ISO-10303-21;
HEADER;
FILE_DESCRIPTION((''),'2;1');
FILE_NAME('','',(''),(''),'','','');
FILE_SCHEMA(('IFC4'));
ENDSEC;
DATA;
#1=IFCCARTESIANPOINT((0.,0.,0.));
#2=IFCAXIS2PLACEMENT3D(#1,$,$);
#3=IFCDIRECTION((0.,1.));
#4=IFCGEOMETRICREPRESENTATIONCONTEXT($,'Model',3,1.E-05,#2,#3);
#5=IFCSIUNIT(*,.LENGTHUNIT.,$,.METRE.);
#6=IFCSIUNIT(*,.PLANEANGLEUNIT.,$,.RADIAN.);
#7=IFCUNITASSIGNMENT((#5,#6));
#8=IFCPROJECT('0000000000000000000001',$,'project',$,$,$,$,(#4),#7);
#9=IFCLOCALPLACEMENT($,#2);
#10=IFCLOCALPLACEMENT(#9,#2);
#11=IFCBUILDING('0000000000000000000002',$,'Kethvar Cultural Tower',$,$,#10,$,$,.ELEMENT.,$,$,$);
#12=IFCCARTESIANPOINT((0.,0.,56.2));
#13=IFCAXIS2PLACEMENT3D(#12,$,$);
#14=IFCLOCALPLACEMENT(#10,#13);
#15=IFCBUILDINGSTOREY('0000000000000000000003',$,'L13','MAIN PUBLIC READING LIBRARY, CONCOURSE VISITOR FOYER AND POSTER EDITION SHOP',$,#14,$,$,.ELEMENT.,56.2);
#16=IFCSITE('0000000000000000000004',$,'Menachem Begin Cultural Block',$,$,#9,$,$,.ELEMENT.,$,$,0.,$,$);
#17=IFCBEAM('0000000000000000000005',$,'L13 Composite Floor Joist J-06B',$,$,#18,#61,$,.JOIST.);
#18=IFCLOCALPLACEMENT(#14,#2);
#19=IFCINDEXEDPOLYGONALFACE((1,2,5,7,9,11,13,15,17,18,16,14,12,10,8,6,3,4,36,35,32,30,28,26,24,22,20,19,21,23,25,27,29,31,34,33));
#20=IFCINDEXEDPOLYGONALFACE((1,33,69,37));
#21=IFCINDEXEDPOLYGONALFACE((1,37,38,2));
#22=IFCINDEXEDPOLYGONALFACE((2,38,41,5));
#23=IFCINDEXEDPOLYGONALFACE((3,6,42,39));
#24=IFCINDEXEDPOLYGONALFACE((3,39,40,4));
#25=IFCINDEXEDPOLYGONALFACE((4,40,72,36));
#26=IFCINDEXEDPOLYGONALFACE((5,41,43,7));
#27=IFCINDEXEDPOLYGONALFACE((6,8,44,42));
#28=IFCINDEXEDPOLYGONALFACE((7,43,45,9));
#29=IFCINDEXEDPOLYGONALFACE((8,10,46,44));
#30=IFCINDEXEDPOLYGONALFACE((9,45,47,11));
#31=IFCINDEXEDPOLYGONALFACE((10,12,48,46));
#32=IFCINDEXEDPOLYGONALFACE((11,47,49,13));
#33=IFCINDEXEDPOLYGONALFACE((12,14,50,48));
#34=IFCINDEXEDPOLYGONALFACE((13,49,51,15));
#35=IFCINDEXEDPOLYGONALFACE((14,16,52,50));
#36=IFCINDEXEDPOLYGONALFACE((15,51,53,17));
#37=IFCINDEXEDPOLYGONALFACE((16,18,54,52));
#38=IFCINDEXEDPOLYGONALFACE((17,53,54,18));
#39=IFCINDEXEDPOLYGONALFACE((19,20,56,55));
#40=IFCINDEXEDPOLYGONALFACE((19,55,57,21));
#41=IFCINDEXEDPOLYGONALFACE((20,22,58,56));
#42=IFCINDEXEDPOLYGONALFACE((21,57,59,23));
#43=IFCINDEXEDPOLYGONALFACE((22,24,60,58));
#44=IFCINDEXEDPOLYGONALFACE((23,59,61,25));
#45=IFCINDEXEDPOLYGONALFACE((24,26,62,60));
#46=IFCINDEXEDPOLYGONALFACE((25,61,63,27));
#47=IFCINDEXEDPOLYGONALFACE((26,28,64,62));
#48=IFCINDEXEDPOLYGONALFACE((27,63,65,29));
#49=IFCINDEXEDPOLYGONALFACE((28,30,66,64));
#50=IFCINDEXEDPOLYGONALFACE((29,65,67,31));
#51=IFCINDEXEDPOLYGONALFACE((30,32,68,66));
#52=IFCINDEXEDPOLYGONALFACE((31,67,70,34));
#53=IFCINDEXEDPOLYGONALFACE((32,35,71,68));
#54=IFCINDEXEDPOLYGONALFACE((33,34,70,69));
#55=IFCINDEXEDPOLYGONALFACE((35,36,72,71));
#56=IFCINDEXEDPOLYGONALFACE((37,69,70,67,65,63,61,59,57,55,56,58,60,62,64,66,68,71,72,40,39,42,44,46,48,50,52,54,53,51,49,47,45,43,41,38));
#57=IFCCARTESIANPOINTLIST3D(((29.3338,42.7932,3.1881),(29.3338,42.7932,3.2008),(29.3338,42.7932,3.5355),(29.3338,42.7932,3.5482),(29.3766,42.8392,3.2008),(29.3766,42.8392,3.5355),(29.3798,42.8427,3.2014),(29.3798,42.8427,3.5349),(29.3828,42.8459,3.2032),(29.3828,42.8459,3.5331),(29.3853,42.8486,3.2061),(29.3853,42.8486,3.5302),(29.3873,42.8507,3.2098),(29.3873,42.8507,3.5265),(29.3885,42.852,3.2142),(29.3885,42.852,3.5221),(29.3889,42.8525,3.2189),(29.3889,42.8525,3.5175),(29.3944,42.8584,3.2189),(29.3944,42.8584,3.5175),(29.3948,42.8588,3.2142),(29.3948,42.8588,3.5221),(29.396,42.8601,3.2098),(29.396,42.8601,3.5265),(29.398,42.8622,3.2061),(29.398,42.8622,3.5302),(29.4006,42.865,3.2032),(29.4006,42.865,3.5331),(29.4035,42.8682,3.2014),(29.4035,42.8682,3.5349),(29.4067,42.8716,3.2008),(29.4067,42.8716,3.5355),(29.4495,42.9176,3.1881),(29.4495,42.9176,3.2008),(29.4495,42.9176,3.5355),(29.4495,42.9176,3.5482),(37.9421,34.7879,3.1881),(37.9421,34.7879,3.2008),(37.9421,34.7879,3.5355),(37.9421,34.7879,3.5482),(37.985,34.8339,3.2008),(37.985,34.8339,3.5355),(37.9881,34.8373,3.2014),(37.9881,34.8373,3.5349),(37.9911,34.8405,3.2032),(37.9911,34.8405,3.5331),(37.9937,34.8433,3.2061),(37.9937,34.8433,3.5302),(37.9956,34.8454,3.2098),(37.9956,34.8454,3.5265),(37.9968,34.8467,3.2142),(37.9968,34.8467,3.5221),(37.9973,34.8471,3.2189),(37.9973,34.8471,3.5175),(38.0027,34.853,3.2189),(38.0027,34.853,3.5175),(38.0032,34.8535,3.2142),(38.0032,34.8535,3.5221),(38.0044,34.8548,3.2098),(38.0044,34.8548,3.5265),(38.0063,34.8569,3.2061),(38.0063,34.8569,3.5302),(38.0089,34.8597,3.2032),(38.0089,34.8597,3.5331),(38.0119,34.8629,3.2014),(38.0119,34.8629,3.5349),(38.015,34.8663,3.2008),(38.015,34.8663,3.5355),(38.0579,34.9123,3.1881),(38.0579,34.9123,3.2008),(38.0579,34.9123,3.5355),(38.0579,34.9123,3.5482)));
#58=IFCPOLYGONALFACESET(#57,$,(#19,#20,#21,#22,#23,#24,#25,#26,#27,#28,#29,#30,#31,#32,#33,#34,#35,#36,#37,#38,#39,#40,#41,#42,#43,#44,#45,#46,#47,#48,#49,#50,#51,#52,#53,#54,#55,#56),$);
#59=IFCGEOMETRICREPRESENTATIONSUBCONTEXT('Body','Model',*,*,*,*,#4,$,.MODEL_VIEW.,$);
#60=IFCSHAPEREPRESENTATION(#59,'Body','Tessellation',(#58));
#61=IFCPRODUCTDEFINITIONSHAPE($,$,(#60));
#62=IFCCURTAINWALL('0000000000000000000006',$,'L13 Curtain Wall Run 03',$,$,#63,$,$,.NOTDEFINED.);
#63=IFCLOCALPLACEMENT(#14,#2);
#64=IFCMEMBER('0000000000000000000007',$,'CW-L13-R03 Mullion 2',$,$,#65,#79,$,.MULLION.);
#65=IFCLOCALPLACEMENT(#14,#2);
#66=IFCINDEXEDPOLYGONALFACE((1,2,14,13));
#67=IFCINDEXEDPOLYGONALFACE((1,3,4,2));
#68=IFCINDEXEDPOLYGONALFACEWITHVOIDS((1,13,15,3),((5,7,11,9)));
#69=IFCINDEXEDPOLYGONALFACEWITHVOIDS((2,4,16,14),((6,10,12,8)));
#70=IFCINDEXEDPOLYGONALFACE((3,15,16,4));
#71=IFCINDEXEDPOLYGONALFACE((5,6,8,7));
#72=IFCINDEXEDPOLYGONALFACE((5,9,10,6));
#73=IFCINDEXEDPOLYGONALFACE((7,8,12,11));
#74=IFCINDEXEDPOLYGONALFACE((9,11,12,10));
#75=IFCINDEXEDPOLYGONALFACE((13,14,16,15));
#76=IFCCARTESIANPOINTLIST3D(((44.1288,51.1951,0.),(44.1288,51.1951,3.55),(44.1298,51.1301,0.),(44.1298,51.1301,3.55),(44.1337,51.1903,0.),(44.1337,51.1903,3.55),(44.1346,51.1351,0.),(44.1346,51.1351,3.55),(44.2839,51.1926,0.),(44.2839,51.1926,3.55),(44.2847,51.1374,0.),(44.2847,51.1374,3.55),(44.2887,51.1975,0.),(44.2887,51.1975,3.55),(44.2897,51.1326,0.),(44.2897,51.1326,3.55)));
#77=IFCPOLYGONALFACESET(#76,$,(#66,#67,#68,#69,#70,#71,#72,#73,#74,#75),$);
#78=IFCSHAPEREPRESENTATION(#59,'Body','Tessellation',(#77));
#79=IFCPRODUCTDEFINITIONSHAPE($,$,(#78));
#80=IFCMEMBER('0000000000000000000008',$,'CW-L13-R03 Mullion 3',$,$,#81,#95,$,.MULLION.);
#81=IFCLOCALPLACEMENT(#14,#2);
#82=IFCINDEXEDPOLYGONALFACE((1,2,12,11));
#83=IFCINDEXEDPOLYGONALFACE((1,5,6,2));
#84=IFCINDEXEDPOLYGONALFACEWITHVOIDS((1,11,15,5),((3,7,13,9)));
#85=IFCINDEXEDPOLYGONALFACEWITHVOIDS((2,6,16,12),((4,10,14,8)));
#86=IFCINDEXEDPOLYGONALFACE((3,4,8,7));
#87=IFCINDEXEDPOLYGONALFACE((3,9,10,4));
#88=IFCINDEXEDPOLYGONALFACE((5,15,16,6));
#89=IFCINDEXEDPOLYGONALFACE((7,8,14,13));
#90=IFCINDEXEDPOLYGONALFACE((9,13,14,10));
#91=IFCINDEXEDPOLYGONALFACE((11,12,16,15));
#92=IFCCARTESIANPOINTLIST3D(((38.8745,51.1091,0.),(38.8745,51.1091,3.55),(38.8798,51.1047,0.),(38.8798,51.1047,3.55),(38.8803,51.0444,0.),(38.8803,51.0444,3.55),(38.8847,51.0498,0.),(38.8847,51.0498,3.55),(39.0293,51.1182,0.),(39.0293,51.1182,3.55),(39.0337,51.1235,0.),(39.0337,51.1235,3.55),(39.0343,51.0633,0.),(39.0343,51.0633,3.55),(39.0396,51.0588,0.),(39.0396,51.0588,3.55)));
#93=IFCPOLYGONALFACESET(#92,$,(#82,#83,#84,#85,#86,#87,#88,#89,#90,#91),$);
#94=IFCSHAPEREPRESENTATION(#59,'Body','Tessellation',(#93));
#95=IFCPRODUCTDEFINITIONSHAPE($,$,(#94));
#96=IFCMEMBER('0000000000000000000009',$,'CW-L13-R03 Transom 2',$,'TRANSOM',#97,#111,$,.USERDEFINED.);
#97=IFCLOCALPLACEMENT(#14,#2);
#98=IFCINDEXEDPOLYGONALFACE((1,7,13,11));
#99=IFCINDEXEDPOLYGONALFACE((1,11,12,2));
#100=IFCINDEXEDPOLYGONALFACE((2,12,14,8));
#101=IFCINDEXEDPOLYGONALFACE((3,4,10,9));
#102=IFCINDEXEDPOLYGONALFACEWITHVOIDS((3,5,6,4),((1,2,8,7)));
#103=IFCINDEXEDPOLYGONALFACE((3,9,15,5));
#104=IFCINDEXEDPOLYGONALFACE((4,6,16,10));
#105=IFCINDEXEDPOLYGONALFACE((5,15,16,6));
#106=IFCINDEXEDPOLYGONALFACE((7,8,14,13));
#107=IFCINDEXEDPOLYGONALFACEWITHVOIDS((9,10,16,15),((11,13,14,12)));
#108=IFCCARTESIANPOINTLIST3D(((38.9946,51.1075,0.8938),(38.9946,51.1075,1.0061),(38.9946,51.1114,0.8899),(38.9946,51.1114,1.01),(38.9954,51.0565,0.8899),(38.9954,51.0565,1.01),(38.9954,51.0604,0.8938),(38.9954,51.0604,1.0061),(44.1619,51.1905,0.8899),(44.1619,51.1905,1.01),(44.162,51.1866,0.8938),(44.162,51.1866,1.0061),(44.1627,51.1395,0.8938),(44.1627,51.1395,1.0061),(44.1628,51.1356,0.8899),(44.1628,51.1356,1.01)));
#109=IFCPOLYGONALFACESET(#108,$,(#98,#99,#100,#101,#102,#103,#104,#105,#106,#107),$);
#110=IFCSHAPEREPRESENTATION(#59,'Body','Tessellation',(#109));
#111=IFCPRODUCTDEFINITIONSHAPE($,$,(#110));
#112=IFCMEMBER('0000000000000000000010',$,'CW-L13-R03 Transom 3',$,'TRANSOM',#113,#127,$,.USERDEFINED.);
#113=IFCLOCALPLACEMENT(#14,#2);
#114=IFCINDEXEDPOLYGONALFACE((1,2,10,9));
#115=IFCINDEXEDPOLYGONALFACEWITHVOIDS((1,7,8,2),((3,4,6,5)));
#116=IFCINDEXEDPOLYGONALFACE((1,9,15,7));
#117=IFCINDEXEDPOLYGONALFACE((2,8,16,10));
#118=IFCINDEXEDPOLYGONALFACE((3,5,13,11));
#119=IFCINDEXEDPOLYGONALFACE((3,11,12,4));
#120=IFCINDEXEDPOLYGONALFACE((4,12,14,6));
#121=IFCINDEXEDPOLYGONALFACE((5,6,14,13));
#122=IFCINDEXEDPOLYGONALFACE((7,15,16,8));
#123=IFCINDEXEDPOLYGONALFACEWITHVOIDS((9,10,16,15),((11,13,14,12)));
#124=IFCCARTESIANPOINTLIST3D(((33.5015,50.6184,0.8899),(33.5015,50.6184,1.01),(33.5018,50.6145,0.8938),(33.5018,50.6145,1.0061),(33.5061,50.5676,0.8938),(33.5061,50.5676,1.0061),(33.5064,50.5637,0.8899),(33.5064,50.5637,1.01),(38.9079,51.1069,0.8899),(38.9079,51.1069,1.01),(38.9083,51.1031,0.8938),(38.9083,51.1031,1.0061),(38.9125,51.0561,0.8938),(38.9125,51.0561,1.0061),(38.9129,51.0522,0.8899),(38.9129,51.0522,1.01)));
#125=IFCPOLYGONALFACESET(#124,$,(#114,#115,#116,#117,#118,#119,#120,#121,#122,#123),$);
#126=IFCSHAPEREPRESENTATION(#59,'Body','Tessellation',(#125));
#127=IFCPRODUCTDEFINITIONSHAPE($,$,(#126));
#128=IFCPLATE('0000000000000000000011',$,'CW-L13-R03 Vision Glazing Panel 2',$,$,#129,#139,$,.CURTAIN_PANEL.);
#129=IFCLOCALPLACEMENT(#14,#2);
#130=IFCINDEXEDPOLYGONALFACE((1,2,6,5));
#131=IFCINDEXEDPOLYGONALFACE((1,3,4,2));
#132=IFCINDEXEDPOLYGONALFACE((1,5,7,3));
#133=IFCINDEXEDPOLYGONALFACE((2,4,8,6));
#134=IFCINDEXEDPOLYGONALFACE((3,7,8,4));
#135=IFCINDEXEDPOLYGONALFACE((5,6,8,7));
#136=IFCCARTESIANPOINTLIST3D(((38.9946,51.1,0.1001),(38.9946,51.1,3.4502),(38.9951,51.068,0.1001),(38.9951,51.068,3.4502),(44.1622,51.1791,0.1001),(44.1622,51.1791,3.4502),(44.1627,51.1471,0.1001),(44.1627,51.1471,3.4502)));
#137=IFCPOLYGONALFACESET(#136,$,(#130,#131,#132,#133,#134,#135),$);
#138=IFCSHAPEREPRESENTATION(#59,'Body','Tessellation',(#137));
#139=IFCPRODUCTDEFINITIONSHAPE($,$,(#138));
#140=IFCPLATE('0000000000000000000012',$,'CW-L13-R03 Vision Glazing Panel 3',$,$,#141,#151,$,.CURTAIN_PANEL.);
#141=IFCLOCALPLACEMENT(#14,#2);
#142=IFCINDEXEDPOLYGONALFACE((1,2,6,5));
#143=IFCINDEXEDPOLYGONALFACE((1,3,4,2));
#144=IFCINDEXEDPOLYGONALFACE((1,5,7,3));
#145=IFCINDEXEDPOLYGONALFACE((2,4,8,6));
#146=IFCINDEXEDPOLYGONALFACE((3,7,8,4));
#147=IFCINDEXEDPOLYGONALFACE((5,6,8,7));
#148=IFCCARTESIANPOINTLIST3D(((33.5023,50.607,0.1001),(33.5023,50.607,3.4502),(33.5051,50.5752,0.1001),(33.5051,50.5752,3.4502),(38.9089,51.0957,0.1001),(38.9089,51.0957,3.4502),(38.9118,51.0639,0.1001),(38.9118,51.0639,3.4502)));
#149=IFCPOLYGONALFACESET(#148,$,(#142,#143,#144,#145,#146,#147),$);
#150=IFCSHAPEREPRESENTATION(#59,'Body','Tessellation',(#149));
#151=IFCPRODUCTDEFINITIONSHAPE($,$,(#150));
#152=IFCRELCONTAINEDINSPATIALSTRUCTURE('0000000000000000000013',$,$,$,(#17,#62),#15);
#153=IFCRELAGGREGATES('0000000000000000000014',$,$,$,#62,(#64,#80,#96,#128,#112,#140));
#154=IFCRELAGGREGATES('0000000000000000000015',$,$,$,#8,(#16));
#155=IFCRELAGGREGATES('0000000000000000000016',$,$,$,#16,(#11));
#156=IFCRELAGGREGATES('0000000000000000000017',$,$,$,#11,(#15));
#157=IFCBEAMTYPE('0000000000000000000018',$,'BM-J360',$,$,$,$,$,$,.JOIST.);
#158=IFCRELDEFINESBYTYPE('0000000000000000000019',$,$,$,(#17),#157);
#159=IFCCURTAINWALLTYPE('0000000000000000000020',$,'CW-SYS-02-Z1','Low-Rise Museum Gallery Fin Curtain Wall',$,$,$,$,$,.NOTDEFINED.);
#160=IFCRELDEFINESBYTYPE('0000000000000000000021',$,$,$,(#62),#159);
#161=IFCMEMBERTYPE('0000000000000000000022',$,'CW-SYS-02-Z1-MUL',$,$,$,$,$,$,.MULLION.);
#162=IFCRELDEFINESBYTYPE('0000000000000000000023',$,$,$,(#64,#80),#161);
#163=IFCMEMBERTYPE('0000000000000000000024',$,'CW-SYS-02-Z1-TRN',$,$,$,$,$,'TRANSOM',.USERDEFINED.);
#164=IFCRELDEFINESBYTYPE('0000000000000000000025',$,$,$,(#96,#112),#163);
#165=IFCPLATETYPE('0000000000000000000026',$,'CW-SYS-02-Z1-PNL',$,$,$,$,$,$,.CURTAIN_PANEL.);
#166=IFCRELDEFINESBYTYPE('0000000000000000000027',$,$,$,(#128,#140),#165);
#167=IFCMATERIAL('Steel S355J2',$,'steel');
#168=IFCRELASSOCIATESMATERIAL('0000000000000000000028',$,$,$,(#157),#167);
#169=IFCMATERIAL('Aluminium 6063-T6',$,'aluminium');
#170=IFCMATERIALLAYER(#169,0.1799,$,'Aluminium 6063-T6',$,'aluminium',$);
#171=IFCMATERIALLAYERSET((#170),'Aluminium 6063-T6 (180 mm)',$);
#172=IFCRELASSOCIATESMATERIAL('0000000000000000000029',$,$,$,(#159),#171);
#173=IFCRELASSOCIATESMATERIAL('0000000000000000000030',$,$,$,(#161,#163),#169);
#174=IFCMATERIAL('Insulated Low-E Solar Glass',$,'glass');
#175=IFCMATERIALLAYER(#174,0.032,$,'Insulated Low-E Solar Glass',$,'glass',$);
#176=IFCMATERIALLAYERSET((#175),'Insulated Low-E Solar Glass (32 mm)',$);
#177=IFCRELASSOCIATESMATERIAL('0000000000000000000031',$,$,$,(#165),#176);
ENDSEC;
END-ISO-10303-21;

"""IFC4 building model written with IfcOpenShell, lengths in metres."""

from ifc_helpers import new_model, si_unit, direction, frame, origin, origin_2d, place, context, subcontext, project, spatial, rectangle, hollow_rectangle, i_section, extrude, source, transform, mapped, material, layer, layer_set, material_profile, profile_set, type_object, element, aggregate, save


model = new_model("IFC4")

# Units and contexts
model_context = context("Model", 3, precision=1e-05, world=origin(), true_north=direction((0.0, 1.0)))
body_context = subcontext(model_context, "Body", "Model", "MODEL_VIEW")
ifc_project = project(units=[si_unit("LENGTHUNIT", "METRE"), si_unit("PLANEANGLEUNIT", "RADIAN")], contexts=[model_context])

# Site, building, storey
site_placement = place(None, origin())
site = spatial("IfcSite", under=ifc_project, at=site_placement, Name="Menachem Begin Cultural Block", CompositionType="ELEMENT", RefElevation=0.0)
building_placement = place(site_placement, origin())
building = spatial("IfcBuilding", under=site, at=building_placement, Name="Kethvar Cultural Tower", CompositionType="ELEMENT")
storey_placement = place(building_placement, frame((0.0, 0.0, 56.2)))
storey = spatial("IfcBuildingStorey", under=building, at=storey_placement, Name="L13", Description="MAIN PUBLIC READING LIBRARY, CONCOURSE VISITOR FOYER AND POSTER EDITION SHOP", CompositionType="ELEMENT", Elevation=56.2)

# Beam
ifc_material_1 = material(Name="Steel S355J2", Category="steel")
ifc_material_profile_1 = material_profile(ifc_material_1, i_section(OverallWidth=0.1699, OverallDepth=0.3601, WebThickness=0.0081, FlangeThickness=0.0127, FilletRadius=0.0181, at=origin_2d()), Name="Steel S355J2 — IPE360")
ifc_profile_set_1 = profile_set([ifc_material_profile_1], Name="Steel S355J2 — IPE360")
beam_type_1 = type_object("IfcBeamType", Name="BM-J360", PredefinedType="JOIST", material=ifc_profile_set_1)
shared_shape_1 = source(origin(), body_context, "Body", "SweptSolid", [
    extrude(i_section(OverallWidth=0.1699, OverallDepth=0.3601, WebThickness=0.0081, FlangeThickness=0.0127, FilletRadius=0.0181, at=origin_2d()), origin(), (0.0, 0.0, 1.0), 11.7554),
])
beam_1_placement = place(storey_placement, frame((38.0, 34.8501, 3.3682), z_axis=(-0.73229, 0.680993, 0.0), x_axis=(-0.680993, -0.73229, 0.0)))
element("IfcBeam", 1, at=beam_1_placement, inside=storey, type_object=beam_type_1, Name="L13 Composite Floor Joist J-06B", PredefinedType="JOIST", context=body_context, shape_type="MappedRepresentation", body=[
    mapped(shared_shape_1, transform((0.0, 0.0, 0.0), scale=1.0)),
])

# Curtain wall, members, plates
ifc_material_2 = material(Name="Aluminium 6063-T6", Category="aluminium")
ifc_layer_1 = layer(ifc_material_2, 0.1799, Name="Aluminium 6063-T6", Category="aluminium")
ifc_layer_set_1 = layer_set([ifc_layer_1], Name="Aluminium 6063-T6 (180 mm)")
curtain_wall_type = type_object("IfcCurtainWallType", Name="CW-SYS-02-Z1", Description="Low-Rise Museum Gallery Fin Curtain Wall", PredefinedType="NOTDEFINED", material=ifc_layer_set_1)
curtain_wall_placement = place(storey_placement, origin())
curtain_wall = element("IfcCurtainWall", 2, at=curtain_wall_placement, inside=storey, type_object=curtain_wall_type, Name="L13 Curtain Wall Run 03", PredefinedType="NOTDEFINED")
ifc_material_profile_2 = material_profile(ifc_material_2, hollow_rectangle(XDim=0.0649, YDim=0.1599, WallThickness=0.0049, at=origin_2d()), Name="Aluminium 6063-T6 — RHS160x65x5")
ifc_profile_set_2 = profile_set([ifc_material_profile_2], Name="Aluminium 6063-T6 — RHS160x65x5")
member_type_1 = type_object("IfcMemberType", Name="CW-SYS-02-Z1-MUL", PredefinedType="MULLION", material=ifc_profile_set_2)
shared_shape_2 = source(origin(), body_context, "Body", "SweptSolid", [
    extrude(hollow_rectangle(XDim=0.0649, YDim=0.1599, WallThickness=0.0049, at=origin_2d()), origin(), (0.0, 0.0, 1.0), 3.55),
])
member_1_placement = place(storey_placement, frame((44.2092, 51.1638, 0.0), z_axis=(0.0, 0.0, 1.0), x_axis=(0.015306, -0.999883, 0.0)))
member_1 = element("IfcMember", 3, at=member_1_placement, type_object=member_type_1, Name="CW-L13-R03 Mullion 2", PredefinedType="MULLION", context=body_context, shape_type="MappedRepresentation", body=[
    mapped(shared_shape_2, transform((0.0, 0.0, 0.0), scale=1.0)),
])
member_2_placement = place(storey_placement, frame((38.957, 51.084, 0.0), z_axis=(0.0, 0.0, 1.0), x_axis=(0.090024, -0.99594, 0.0)))
member_2 = element("IfcMember", 4, at=member_2_placement, type_object=member_type_1, Name="CW-L13-R03 Mullion 3", PredefinedType="MULLION", context=body_context, shape_type="MappedRepresentation", body=[
    mapped(shared_shape_2, transform((0.0, 0.0, 0.0), scale=1.0)),
])
ifc_material_profile_3 = material_profile(ifc_material_2, hollow_rectangle(XDim=0.0549, YDim=0.1201, WallThickness=0.0039, at=origin_2d()), Name="Aluminium 6063-T6 — RHS120x55x4")
ifc_profile_set_3 = profile_set([ifc_material_profile_3], Name="Aluminium 6063-T6 — RHS120x55x4")
member_type_2 = type_object("IfcMemberType", Name="CW-SYS-02-Z1-TRN", ElementType="TRANSOM", PredefinedType="USERDEFINED", material=ifc_profile_set_3)
shared_shape_3 = source(origin(), body_context, "Body", "SweptSolid", [
    extrude(hollow_rectangle(XDim=0.0549, YDim=0.1201, WallThickness=0.0039, at=origin_2d()), origin(), (0.0, 0.0, 1.0), 5.168),
])
member_3_placement = place(storey_placement, frame((44.1624, 51.1631, 0.95), z_axis=(-0.999883, -0.015306, 0.0), x_axis=(0.015306, -0.999883, 0.0)))
member_3 = element("IfcMember", 5, at=member_3_placement, type_object=member_type_2, Name="CW-L13-R03 Transom 2", ObjectType="TRANSOM", PredefinedType="USERDEFINED", context=body_context, shape_type="MappedRepresentation", body=[
    mapped(shared_shape_3, transform((0.0, 0.0, 0.0), scale=1.0)),
])
shared_shape_4 = source(origin(), body_context, "Body", "SweptSolid", [
    extrude(hollow_rectangle(XDim=0.0549, YDim=0.1201, WallThickness=0.0039, at=origin_2d()), origin(), (0.0, 0.0, 1.0), 5.4285),
])
member_4_placement = place(storey_placement, frame((38.9104, 51.0796, 0.95), z_axis=(-0.995942, -0.089992, 0.0), x_axis=(0.089992, -0.995942, 0.0)))
member_4 = element("IfcMember", 6, at=member_4_placement, type_object=member_type_2, Name="CW-L13-R03 Transom 3", ObjectType="TRANSOM", PredefinedType="USERDEFINED", context=body_context, shape_type="MappedRepresentation", body=[
    mapped(shared_shape_4, transform((0.0, 0.0, 0.0), scale=1.0)),
])
ifc_material_3 = material(Name="Insulated Low-E Solar Glass", Category="glass")
ifc_layer_2 = layer(ifc_material_3, 0.032, Name="Insulated Low-E Solar Glass", Category="glass")
ifc_layer_set_2 = layer_set([ifc_layer_2], Name="Insulated Low-E Solar Glass (32 mm)")
plate_type = type_object("IfcPlateType", Name="CW-SYS-02-Z1-PNL", PredefinedType="CURTAIN_PANEL", material=ifc_layer_set_2)
shared_shape_5 = source(origin(), body_context, "Body", "SweptSolid", [
    extrude(rectangle(XDim=5.1682, YDim=0.032, at=origin_2d()), origin(), (0.0, 0.0, 1.0), 3.3501),
])
plate_1_placement = place(storey_placement, frame((41.5786, 51.1235, 0.1001), z_axis=(0.0, 0.0, 1.0), x_axis=(-0.999883, -0.015306, 0.0)))
plate_1 = element("IfcPlate", 7, at=plate_1_placement, type_object=plate_type, Name="CW-L13-R03 Vision Glazing Panel 2", PredefinedType="CURTAIN_PANEL", context=body_context, shape_type="MappedRepresentation", body=[
    mapped(shared_shape_5, transform((0.0, 0.0, 0.0), scale=1.0)),
])
shared_shape_6 = source(origin(), body_context, "Body", "SweptSolid", [
    extrude(rectangle(XDim=5.4287, YDim=0.032, at=origin_2d()), origin(), (0.0, 0.0, 1.0), 3.3501),
])
plate_2_placement = place(storey_placement, frame((36.207, 50.8354, 0.1001), z_axis=(0.0, 0.0, 1.0), x_axis=(-0.99594, -0.090024, 0.0)))
plate_2 = element("IfcPlate", 8, at=plate_2_placement, type_object=plate_type, Name="CW-L13-R03 Vision Glazing Panel 3", PredefinedType="CURTAIN_PANEL", context=body_context, shape_type="MappedRepresentation", body=[
    mapped(shared_shape_6, transform((0.0, 0.0, 0.0), scale=1.0)),
])
aggregate(curtain_wall, [member_1, member_2, member_3, plate_1, member_4, plate_2])

save(model, "model.ifc")
